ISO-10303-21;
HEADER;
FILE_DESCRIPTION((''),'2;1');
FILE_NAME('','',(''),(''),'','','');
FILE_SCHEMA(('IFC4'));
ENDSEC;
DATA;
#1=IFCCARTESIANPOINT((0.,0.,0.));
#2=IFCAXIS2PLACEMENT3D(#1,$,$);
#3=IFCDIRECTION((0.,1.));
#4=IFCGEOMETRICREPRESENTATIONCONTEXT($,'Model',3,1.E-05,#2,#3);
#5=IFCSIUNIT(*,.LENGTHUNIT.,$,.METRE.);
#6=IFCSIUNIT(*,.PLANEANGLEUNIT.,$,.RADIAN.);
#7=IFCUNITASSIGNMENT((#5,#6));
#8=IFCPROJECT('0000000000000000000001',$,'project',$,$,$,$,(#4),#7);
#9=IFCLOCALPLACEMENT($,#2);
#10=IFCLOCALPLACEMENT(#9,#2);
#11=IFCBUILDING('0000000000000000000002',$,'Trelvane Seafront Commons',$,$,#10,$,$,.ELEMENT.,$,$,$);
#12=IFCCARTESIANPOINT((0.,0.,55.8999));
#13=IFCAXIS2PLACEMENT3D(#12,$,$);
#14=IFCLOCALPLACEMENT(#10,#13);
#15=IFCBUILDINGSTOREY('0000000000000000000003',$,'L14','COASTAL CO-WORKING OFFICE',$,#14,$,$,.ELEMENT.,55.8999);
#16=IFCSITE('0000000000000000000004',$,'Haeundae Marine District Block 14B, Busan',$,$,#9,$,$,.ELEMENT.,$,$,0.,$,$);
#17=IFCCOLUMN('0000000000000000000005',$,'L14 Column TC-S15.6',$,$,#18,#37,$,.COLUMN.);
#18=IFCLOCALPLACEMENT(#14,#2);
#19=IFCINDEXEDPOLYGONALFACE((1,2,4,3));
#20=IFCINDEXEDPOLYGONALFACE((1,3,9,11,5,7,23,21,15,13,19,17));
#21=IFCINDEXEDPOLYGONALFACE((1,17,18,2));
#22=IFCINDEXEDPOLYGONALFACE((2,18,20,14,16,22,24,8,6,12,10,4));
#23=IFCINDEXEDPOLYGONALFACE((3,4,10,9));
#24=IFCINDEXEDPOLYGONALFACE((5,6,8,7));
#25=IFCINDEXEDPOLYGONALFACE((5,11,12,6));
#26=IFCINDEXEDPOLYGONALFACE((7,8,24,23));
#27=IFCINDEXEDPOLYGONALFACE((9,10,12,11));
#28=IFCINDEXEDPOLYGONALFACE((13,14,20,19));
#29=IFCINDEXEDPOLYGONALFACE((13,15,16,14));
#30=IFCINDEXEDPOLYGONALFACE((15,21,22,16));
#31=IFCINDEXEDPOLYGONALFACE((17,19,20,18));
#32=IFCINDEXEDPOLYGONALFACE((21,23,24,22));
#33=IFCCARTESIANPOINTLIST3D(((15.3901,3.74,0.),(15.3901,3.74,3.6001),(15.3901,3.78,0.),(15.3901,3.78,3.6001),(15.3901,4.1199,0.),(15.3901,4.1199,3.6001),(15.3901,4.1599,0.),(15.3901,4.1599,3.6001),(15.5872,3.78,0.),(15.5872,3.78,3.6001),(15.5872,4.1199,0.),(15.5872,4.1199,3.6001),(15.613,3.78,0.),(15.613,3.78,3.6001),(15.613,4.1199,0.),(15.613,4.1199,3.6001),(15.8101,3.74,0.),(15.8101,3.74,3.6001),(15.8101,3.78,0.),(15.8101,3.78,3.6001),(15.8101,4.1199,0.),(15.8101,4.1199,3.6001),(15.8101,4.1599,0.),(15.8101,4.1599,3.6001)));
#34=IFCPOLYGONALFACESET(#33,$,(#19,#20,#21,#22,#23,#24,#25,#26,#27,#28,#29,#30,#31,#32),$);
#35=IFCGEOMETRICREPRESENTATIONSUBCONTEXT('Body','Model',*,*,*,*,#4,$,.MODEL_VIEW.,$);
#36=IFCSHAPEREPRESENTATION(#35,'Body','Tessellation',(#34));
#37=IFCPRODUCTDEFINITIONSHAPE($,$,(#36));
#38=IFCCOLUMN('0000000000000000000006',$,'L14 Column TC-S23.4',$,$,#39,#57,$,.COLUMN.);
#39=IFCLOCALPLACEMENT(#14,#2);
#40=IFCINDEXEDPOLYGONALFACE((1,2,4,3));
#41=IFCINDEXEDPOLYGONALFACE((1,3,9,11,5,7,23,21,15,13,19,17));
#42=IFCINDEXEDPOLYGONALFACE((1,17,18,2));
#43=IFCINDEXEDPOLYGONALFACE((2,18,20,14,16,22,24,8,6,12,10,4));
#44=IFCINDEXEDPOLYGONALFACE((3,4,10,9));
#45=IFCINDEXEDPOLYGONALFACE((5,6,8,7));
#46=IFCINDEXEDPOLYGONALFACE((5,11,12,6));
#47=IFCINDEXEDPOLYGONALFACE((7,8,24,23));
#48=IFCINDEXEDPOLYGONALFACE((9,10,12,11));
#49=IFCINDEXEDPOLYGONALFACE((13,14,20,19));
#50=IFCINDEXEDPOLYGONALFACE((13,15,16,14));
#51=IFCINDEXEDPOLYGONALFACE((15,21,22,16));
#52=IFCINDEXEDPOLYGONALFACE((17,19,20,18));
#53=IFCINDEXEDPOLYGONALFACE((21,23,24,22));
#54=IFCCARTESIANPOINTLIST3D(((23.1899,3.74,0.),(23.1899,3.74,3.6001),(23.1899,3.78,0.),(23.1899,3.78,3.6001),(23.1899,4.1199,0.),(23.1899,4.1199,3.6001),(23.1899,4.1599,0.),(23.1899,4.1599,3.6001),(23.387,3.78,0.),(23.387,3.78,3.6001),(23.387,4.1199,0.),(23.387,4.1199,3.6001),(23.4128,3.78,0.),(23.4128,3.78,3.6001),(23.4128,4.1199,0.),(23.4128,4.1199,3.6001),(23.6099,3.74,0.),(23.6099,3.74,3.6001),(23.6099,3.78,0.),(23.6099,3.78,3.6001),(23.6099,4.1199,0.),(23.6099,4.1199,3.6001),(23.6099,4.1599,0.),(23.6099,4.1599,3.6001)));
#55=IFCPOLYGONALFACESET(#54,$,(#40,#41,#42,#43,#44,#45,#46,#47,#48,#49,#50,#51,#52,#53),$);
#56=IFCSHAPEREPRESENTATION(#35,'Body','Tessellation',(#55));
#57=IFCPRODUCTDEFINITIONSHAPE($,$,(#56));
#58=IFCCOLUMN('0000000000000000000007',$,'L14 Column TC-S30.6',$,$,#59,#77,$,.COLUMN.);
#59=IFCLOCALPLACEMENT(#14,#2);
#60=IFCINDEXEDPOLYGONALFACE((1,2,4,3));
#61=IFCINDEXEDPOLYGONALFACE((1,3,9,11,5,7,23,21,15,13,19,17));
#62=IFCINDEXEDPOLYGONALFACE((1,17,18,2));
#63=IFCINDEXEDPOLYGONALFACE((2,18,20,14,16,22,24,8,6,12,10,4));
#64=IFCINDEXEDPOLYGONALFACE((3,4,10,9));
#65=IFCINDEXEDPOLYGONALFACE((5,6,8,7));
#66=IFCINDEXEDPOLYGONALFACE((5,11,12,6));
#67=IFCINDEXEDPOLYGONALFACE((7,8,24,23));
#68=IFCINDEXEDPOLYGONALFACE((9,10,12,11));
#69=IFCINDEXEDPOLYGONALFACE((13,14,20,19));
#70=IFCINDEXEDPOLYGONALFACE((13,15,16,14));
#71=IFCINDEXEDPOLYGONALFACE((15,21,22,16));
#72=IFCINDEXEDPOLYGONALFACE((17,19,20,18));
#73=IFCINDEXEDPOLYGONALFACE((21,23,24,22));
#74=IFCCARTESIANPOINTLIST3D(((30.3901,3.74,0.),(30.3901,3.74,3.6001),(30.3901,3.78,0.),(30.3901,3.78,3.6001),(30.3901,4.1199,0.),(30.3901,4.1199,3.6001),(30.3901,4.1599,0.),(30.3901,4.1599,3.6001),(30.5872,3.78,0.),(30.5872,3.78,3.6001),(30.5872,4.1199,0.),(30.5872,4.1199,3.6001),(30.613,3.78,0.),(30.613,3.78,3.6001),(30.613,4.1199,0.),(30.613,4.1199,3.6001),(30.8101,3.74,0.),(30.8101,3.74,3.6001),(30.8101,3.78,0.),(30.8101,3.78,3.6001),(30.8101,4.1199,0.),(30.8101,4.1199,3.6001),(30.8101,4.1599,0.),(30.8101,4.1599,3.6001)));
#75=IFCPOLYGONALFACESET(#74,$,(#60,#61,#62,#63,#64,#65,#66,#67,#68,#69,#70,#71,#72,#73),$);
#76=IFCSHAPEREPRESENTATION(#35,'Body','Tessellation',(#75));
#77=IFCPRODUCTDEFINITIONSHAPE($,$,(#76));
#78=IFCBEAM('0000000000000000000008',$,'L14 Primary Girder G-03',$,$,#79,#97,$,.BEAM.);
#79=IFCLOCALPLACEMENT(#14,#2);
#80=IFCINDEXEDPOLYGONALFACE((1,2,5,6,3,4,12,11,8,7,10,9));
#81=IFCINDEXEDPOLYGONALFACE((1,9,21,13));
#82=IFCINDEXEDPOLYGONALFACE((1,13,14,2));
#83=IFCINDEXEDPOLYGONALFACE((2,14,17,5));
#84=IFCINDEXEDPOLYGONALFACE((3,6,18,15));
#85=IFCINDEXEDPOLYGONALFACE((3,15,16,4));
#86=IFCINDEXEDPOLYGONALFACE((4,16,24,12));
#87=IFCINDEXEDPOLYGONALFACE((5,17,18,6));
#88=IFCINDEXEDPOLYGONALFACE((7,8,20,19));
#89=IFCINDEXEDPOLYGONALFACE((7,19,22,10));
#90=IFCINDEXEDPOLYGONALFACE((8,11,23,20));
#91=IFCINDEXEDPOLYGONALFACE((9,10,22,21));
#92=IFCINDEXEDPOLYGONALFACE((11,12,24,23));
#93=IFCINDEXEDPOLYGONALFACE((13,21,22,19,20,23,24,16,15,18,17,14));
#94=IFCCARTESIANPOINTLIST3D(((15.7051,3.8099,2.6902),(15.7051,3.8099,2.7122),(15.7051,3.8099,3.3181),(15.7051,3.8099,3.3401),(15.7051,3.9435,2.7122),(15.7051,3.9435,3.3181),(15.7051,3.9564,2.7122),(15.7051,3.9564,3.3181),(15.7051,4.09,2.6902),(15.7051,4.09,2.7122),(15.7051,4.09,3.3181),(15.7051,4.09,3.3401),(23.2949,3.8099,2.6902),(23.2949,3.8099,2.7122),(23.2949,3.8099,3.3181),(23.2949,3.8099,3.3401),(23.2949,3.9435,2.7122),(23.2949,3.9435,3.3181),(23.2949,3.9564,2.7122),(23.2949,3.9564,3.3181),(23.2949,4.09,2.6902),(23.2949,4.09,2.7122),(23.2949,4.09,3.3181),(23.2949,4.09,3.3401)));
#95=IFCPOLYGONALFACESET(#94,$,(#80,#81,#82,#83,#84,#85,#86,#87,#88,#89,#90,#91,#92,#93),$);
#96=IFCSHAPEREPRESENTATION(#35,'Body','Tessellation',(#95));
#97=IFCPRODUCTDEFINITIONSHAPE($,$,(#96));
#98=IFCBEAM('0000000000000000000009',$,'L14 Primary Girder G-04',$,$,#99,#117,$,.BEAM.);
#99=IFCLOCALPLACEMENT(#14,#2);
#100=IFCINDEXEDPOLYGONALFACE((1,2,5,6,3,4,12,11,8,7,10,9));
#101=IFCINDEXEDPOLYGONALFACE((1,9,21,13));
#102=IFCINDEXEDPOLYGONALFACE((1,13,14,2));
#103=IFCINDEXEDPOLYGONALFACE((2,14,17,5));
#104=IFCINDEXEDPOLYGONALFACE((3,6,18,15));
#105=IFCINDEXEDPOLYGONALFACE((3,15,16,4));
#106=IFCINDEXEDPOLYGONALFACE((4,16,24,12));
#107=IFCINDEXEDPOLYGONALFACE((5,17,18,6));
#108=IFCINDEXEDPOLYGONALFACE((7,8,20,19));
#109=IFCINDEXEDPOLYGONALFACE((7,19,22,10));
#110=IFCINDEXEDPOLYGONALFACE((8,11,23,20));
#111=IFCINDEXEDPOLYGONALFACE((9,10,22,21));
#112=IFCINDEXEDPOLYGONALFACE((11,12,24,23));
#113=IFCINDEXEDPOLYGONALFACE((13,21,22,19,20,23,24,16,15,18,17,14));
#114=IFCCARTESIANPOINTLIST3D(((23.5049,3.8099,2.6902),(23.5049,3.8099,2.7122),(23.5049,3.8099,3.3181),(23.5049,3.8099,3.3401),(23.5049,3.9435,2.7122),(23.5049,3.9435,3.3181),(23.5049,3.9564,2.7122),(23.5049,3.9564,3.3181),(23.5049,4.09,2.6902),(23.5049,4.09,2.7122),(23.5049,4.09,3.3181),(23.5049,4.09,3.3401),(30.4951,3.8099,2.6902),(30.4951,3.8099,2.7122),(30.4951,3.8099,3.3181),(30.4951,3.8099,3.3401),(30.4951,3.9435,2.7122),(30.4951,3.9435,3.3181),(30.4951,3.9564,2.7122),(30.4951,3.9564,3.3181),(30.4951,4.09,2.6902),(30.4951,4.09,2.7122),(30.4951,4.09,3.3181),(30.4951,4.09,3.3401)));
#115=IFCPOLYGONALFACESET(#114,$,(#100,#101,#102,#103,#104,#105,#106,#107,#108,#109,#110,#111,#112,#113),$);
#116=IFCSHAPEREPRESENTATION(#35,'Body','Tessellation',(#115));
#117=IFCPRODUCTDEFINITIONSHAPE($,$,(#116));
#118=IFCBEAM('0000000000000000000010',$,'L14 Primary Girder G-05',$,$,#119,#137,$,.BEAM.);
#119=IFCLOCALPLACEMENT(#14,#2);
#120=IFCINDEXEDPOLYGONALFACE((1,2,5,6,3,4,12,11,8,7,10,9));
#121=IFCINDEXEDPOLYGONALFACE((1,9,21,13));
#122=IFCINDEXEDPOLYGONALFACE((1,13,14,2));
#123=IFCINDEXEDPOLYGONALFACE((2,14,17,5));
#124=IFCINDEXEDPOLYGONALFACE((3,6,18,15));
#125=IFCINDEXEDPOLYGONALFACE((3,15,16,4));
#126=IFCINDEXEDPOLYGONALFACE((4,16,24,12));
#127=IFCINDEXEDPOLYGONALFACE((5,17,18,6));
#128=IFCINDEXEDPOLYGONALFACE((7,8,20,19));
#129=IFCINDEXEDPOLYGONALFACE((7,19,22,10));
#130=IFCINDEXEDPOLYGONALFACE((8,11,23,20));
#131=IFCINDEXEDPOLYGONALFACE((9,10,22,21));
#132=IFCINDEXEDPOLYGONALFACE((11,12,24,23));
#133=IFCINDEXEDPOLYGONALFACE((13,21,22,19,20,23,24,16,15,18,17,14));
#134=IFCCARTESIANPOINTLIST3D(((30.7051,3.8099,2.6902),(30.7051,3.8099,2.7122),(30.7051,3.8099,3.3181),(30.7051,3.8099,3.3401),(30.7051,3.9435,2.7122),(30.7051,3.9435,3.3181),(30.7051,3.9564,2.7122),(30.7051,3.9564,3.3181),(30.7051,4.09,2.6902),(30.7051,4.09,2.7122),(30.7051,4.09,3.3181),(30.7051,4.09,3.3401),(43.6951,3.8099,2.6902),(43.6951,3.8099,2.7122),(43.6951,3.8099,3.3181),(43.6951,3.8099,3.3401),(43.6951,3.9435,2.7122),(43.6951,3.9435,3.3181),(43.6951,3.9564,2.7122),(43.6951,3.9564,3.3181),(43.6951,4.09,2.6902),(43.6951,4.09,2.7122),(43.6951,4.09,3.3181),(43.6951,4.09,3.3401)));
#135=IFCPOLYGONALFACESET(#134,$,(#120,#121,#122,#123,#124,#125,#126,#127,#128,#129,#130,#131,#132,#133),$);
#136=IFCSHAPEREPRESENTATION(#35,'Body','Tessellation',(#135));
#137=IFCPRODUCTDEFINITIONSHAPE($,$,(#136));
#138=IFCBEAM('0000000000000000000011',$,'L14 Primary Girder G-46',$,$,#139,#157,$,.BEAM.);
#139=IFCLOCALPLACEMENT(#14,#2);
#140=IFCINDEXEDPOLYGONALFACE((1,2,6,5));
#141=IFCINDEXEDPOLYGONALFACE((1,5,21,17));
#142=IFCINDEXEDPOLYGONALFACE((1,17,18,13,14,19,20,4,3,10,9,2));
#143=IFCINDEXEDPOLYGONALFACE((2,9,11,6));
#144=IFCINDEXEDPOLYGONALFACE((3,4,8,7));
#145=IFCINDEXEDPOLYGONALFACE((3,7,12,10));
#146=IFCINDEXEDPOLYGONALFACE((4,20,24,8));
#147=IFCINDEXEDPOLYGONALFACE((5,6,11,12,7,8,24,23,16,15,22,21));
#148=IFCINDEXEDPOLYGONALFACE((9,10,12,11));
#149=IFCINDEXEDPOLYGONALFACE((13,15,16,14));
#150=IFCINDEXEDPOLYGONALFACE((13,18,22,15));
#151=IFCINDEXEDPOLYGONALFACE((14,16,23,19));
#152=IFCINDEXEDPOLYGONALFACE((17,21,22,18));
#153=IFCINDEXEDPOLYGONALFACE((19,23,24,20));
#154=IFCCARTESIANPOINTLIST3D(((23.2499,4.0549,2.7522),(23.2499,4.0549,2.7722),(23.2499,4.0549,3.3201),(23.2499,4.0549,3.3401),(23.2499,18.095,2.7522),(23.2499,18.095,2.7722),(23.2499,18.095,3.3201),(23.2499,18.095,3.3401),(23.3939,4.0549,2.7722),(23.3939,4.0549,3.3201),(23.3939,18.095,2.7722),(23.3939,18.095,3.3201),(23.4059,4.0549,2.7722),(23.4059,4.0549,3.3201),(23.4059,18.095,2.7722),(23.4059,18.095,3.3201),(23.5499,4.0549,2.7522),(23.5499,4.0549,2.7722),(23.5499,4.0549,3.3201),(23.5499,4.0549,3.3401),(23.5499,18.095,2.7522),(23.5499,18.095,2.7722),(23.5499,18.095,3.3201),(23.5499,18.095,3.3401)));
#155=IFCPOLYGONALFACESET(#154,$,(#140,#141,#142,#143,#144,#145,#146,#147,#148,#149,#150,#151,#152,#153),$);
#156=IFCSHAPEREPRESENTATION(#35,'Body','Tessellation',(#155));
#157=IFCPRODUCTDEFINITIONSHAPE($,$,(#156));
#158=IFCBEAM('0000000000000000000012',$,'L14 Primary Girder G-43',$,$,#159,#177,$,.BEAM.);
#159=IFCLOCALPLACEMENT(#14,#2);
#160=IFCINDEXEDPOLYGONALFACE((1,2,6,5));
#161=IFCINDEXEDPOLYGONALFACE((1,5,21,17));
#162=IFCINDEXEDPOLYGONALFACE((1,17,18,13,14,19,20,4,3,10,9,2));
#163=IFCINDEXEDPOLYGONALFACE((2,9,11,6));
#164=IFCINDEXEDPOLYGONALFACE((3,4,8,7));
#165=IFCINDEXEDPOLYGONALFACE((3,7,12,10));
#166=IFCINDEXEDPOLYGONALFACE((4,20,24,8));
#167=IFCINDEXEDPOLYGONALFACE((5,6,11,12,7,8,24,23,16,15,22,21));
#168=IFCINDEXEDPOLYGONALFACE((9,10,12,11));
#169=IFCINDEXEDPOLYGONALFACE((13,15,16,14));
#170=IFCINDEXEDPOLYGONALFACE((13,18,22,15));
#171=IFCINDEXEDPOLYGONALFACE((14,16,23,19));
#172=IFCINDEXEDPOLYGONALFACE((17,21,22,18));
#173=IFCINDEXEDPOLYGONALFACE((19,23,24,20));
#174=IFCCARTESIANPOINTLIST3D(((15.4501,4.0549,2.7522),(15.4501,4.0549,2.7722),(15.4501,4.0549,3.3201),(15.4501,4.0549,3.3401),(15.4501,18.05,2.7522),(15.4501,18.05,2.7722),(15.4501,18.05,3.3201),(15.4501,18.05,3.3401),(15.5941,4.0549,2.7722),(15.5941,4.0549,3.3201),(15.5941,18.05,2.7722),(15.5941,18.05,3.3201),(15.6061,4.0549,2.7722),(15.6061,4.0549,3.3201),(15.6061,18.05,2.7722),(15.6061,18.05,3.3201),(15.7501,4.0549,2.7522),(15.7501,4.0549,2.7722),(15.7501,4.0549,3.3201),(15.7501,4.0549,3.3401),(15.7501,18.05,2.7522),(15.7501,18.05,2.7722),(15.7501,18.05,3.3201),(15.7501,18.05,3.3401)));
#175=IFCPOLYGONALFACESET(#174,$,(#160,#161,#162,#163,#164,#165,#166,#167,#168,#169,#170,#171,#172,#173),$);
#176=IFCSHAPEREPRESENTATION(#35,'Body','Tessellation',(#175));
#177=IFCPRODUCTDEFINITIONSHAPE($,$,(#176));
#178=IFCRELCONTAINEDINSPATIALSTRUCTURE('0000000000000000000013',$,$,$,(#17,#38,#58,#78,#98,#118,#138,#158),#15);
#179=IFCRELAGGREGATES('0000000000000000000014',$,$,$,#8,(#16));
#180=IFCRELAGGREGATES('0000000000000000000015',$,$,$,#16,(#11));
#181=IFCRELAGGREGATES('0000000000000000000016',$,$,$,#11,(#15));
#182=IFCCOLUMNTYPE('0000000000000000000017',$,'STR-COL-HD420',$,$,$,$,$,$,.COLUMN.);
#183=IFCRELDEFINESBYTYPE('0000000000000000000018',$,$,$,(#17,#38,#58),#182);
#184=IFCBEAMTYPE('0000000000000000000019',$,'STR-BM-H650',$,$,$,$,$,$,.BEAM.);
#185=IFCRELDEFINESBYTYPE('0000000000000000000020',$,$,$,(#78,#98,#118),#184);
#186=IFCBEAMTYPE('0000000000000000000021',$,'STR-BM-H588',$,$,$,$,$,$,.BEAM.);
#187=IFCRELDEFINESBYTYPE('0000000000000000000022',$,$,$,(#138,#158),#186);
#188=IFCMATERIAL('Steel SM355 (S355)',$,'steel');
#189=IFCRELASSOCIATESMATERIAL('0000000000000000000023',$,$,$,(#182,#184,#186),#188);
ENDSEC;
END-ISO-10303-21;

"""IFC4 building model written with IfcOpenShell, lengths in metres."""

from ifc_helpers import new_model, si_unit, direction, frame, origin, origin_2d, place, context, subcontext, project, spatial, i_section, extrude, source, transform, mapped, material, material_profile, profile_set, type_object, element, save


model = new_model("IFC4")

# Units and contexts
model_context = context("Model", 3, precision=1e-05, world=origin(), true_north=direction((0.0, 1.0)))
body_context = subcontext(model_context, "Body", "Model", "MODEL_VIEW")
ifc_project = project(units=[si_unit("LENGTHUNIT", "METRE"), si_unit("PLANEANGLEUNIT", "RADIAN")], contexts=[model_context])

# Site, building, storey
site_placement = place(None, origin())
site = spatial("IfcSite", under=ifc_project, at=site_placement, Name="Haeundae Marine District Block 14B, Busan", CompositionType="ELEMENT", RefElevation=0.0)
building_placement = place(site_placement, origin())
building = spatial("IfcBuilding", under=site, at=building_placement, Name="Trelvane Seafront Commons", CompositionType="ELEMENT")
storey_placement = place(building_placement, frame((0.0, 0.0, 55.8999)))
storey = spatial("IfcBuildingStorey", under=building, at=storey_placement, Name="L14", Description="COASTAL CO-WORKING OFFICE", CompositionType="ELEMENT", Elevation=55.8999)

# Columns
ifc_material_1 = material(Name="Steel SM355 (S355)", Category="steel")
ifc_material_profile_1 = material_profile(ifc_material_1, i_section(OverallWidth=0.4199, OverallDepth=0.4199, WebThickness=0.0259, FlangeThickness=0.04, at=origin_2d()), Name="HD-420x420x26x40")
ifc_profile_set_1 = profile_set([ifc_material_profile_1], Name="Steel SM355 (S355)")
column_type = type_object("IfcColumnType", Name="STR-COL-HD420", PredefinedType="COLUMN", material=ifc_profile_set_1)
shared_shape_1 = source(origin(), body_context, "Body", "SweptSolid", [
    extrude(i_section(OverallWidth=0.4199, OverallDepth=0.4199, WebThickness=0.0259, FlangeThickness=0.04, at=origin_2d()), origin(), (0.0, 0.0, 1.0), 3.6001),
])
for number, where, z_axis, x_axis, name in (
    (1, (15.6001, 3.95, 0.0), (0.0, 0.0, 1.0), (1.0, 0.0, 0.0), "L14 Column TC-S15.6"),
    (2, (23.3999, 3.95, 0.0), (0.0, 0.0, 1.0), (1.0, 0.0, 0.0), "L14 Column TC-S23.4"),
    (3, (30.6001, 3.95, 0.0), (0.0, 0.0, 1.0), (1.0, 0.0, 0.0), "L14 Column TC-S30.6"),
):
    element("IfcColumn", number, at=place(storey_placement, frame(where, z_axis=z_axis, x_axis=x_axis)), inside=storey, type_object=column_type, Name=name, PredefinedType="COLUMN", context=body_context, shape_type="MappedRepresentation", body=[
        mapped(shared_shape_1, transform((0.0, 0.0, 0.0), x_axis=(1.0, 0.0, 0.0), y_axis=(0.0, 1.0, 0.0), z_axis=(0.0, 0.0, 1.0), scale=1.0)),
    ])

# Beams
ifc_material_profile_2 = material_profile(ifc_material_1, i_section(OverallWidth=0.28, OverallDepth=0.6499, WebThickness=0.0129, FlangeThickness=0.022, at=origin_2d()), Name="H-650x280x13x22")
ifc_profile_set_2 = profile_set([ifc_material_profile_2], Name="Steel SM355 (S355)")
beam_type_1 = type_object("IfcBeamType", Name="STR-BM-H650", PredefinedType="BEAM", material=ifc_profile_set_2)
shared_shape_2 = source(origin(), body_context, "Body", "SweptSolid", [
    extrude(i_section(OverallWidth=0.28, OverallDepth=0.6499, WebThickness=0.0129, FlangeThickness=0.022, at=origin_2d()), origin(), (0.0, 0.0, 1.0), 7.5898),
])
beam_1_placement = place(storey_placement, frame((15.7051, 3.95, 3.0151), z_axis=(1.0, 0.0, 0.0), x_axis=(0.0, 1.0, 0.0)))
element("IfcBeam", 4, at=beam_1_placement, inside=storey, type_object=beam_type_1, Name="L14 Primary Girder G-03", PredefinedType="BEAM", context=body_context, shape_type="MappedRepresentation", body=[
    mapped(shared_shape_2, transform((0.0, 0.0, 0.0), x_axis=(1.0, 0.0, 0.0), y_axis=(0.0, 1.0, 0.0), z_axis=(0.0, 0.0, 1.0), scale=1.0)),
])
shared_shape_3 = source(origin(), body_context, "Body", "SweptSolid", [
    extrude(i_section(OverallWidth=0.28, OverallDepth=0.6499, WebThickness=0.0129, FlangeThickness=0.022, at=origin_2d()), origin(), (0.0, 0.0, 1.0), 6.9902),
])
beam_2_placement = place(storey_placement, frame((23.5049, 3.95, 3.0151), z_axis=(1.0, 0.0, 0.0), x_axis=(0.0, 1.0, 0.0)))
element("IfcBeam", 5, at=beam_2_placement, inside=storey, type_object=beam_type_1, Name="L14 Primary Girder G-04", PredefinedType="BEAM", context=body_context, shape_type="MappedRepresentation", body=[
    mapped(shared_shape_3, transform((0.0, 0.0, 0.0), x_axis=(1.0, 0.0, 0.0), y_axis=(0.0, 1.0, 0.0), z_axis=(0.0, 0.0, 1.0), scale=1.0)),
])
shared_shape_4 = source(origin(), body_context, "Body", "SweptSolid", [
    extrude(i_section(OverallWidth=0.28, OverallDepth=0.6499, WebThickness=0.0129, FlangeThickness=0.022, at=origin_2d()), origin(), (0.0, 0.0, 1.0), 12.99),
])
beam_3_placement = place(storey_placement, frame((30.7051, 3.95, 3.0151), z_axis=(1.0, 0.0, 0.0), x_axis=(0.0, 1.0, 0.0)))
element("IfcBeam", 6, at=beam_3_placement, inside=storey, type_object=beam_type_1, Name="L14 Primary Girder G-05", PredefinedType="BEAM", context=body_context, shape_type="MappedRepresentation", body=[
    mapped(shared_shape_4, transform((0.0, 0.0, 0.0), x_axis=(1.0, 0.0, 0.0), y_axis=(0.0, 1.0, 0.0), z_axis=(0.0, 0.0, 1.0), scale=1.0)),
])
ifc_material_profile_3 = material_profile(ifc_material_1, i_section(OverallWidth=0.3, OverallDepth=0.5879, WebThickness=0.012, FlangeThickness=0.02, at=origin_2d()), Name="H-588x300x12x20")
ifc_profile_set_3 = profile_set([ifc_material_profile_3], Name="Steel SM355 (S355)")
beam_type_2 = type_object("IfcBeamType", Name="STR-BM-H588", PredefinedType="BEAM", material=ifc_profile_set_3)
shared_shape_5 = source(origin(), body_context, "Body", "SweptSolid", [
    extrude(i_section(OverallWidth=0.3, OverallDepth=0.5879, WebThickness=0.012, FlangeThickness=0.02, at=origin_2d()), origin(), (0.0, 0.0, 1.0), 14.04),
])
beam_4_placement = place(storey_placement, frame((23.3999, 4.0549, 3.0461), z_axis=(0.0, 1.0, 0.0), x_axis=(-1.0, 0.0, 0.0)))
element("IfcBeam", 7, at=beam_4_placement, inside=storey, type_object=beam_type_2, Name="L14 Primary Girder G-46", PredefinedType="BEAM", context=body_context, shape_type="MappedRepresentation", body=[
    mapped(shared_shape_5, transform((0.0, 0.0, 0.0), x_axis=(1.0, 0.0, 0.0), y_axis=(0.0, 1.0, 0.0), z_axis=(0.0, 0.0, 1.0), scale=1.0)),
])
shared_shape_6 = source(origin(), body_context, "Body", "SweptSolid", [
    extrude(i_section(OverallWidth=0.3, OverallDepth=0.5879, WebThickness=0.012, FlangeThickness=0.02, at=origin_2d()), origin(), (0.0, 0.0, 1.0), 13.9951),
])
for number, where, z_axis, x_axis, name in (
    (8, (15.6001, 4.0549, 3.0461), (0.0, 1.0, 0.0), (-1.0, 0.0, 0.0), "L14 Primary Girder G-43"),
):
    element("IfcBeam", number, at=place(storey_placement, frame(where, z_axis=z_axis, x_axis=x_axis)), inside=storey, type_object=beam_type_2, Name=name, PredefinedType="BEAM", context=body_context, shape_type="MappedRepresentation", body=[
        mapped(shared_shape_6, transform((0.0, 0.0, 0.0), x_axis=(1.0, 0.0, 0.0), y_axis=(0.0, 1.0, 0.0), z_axis=(0.0, 0.0, 1.0), scale=1.0)),
    ])

save(model, "model.ifc")
